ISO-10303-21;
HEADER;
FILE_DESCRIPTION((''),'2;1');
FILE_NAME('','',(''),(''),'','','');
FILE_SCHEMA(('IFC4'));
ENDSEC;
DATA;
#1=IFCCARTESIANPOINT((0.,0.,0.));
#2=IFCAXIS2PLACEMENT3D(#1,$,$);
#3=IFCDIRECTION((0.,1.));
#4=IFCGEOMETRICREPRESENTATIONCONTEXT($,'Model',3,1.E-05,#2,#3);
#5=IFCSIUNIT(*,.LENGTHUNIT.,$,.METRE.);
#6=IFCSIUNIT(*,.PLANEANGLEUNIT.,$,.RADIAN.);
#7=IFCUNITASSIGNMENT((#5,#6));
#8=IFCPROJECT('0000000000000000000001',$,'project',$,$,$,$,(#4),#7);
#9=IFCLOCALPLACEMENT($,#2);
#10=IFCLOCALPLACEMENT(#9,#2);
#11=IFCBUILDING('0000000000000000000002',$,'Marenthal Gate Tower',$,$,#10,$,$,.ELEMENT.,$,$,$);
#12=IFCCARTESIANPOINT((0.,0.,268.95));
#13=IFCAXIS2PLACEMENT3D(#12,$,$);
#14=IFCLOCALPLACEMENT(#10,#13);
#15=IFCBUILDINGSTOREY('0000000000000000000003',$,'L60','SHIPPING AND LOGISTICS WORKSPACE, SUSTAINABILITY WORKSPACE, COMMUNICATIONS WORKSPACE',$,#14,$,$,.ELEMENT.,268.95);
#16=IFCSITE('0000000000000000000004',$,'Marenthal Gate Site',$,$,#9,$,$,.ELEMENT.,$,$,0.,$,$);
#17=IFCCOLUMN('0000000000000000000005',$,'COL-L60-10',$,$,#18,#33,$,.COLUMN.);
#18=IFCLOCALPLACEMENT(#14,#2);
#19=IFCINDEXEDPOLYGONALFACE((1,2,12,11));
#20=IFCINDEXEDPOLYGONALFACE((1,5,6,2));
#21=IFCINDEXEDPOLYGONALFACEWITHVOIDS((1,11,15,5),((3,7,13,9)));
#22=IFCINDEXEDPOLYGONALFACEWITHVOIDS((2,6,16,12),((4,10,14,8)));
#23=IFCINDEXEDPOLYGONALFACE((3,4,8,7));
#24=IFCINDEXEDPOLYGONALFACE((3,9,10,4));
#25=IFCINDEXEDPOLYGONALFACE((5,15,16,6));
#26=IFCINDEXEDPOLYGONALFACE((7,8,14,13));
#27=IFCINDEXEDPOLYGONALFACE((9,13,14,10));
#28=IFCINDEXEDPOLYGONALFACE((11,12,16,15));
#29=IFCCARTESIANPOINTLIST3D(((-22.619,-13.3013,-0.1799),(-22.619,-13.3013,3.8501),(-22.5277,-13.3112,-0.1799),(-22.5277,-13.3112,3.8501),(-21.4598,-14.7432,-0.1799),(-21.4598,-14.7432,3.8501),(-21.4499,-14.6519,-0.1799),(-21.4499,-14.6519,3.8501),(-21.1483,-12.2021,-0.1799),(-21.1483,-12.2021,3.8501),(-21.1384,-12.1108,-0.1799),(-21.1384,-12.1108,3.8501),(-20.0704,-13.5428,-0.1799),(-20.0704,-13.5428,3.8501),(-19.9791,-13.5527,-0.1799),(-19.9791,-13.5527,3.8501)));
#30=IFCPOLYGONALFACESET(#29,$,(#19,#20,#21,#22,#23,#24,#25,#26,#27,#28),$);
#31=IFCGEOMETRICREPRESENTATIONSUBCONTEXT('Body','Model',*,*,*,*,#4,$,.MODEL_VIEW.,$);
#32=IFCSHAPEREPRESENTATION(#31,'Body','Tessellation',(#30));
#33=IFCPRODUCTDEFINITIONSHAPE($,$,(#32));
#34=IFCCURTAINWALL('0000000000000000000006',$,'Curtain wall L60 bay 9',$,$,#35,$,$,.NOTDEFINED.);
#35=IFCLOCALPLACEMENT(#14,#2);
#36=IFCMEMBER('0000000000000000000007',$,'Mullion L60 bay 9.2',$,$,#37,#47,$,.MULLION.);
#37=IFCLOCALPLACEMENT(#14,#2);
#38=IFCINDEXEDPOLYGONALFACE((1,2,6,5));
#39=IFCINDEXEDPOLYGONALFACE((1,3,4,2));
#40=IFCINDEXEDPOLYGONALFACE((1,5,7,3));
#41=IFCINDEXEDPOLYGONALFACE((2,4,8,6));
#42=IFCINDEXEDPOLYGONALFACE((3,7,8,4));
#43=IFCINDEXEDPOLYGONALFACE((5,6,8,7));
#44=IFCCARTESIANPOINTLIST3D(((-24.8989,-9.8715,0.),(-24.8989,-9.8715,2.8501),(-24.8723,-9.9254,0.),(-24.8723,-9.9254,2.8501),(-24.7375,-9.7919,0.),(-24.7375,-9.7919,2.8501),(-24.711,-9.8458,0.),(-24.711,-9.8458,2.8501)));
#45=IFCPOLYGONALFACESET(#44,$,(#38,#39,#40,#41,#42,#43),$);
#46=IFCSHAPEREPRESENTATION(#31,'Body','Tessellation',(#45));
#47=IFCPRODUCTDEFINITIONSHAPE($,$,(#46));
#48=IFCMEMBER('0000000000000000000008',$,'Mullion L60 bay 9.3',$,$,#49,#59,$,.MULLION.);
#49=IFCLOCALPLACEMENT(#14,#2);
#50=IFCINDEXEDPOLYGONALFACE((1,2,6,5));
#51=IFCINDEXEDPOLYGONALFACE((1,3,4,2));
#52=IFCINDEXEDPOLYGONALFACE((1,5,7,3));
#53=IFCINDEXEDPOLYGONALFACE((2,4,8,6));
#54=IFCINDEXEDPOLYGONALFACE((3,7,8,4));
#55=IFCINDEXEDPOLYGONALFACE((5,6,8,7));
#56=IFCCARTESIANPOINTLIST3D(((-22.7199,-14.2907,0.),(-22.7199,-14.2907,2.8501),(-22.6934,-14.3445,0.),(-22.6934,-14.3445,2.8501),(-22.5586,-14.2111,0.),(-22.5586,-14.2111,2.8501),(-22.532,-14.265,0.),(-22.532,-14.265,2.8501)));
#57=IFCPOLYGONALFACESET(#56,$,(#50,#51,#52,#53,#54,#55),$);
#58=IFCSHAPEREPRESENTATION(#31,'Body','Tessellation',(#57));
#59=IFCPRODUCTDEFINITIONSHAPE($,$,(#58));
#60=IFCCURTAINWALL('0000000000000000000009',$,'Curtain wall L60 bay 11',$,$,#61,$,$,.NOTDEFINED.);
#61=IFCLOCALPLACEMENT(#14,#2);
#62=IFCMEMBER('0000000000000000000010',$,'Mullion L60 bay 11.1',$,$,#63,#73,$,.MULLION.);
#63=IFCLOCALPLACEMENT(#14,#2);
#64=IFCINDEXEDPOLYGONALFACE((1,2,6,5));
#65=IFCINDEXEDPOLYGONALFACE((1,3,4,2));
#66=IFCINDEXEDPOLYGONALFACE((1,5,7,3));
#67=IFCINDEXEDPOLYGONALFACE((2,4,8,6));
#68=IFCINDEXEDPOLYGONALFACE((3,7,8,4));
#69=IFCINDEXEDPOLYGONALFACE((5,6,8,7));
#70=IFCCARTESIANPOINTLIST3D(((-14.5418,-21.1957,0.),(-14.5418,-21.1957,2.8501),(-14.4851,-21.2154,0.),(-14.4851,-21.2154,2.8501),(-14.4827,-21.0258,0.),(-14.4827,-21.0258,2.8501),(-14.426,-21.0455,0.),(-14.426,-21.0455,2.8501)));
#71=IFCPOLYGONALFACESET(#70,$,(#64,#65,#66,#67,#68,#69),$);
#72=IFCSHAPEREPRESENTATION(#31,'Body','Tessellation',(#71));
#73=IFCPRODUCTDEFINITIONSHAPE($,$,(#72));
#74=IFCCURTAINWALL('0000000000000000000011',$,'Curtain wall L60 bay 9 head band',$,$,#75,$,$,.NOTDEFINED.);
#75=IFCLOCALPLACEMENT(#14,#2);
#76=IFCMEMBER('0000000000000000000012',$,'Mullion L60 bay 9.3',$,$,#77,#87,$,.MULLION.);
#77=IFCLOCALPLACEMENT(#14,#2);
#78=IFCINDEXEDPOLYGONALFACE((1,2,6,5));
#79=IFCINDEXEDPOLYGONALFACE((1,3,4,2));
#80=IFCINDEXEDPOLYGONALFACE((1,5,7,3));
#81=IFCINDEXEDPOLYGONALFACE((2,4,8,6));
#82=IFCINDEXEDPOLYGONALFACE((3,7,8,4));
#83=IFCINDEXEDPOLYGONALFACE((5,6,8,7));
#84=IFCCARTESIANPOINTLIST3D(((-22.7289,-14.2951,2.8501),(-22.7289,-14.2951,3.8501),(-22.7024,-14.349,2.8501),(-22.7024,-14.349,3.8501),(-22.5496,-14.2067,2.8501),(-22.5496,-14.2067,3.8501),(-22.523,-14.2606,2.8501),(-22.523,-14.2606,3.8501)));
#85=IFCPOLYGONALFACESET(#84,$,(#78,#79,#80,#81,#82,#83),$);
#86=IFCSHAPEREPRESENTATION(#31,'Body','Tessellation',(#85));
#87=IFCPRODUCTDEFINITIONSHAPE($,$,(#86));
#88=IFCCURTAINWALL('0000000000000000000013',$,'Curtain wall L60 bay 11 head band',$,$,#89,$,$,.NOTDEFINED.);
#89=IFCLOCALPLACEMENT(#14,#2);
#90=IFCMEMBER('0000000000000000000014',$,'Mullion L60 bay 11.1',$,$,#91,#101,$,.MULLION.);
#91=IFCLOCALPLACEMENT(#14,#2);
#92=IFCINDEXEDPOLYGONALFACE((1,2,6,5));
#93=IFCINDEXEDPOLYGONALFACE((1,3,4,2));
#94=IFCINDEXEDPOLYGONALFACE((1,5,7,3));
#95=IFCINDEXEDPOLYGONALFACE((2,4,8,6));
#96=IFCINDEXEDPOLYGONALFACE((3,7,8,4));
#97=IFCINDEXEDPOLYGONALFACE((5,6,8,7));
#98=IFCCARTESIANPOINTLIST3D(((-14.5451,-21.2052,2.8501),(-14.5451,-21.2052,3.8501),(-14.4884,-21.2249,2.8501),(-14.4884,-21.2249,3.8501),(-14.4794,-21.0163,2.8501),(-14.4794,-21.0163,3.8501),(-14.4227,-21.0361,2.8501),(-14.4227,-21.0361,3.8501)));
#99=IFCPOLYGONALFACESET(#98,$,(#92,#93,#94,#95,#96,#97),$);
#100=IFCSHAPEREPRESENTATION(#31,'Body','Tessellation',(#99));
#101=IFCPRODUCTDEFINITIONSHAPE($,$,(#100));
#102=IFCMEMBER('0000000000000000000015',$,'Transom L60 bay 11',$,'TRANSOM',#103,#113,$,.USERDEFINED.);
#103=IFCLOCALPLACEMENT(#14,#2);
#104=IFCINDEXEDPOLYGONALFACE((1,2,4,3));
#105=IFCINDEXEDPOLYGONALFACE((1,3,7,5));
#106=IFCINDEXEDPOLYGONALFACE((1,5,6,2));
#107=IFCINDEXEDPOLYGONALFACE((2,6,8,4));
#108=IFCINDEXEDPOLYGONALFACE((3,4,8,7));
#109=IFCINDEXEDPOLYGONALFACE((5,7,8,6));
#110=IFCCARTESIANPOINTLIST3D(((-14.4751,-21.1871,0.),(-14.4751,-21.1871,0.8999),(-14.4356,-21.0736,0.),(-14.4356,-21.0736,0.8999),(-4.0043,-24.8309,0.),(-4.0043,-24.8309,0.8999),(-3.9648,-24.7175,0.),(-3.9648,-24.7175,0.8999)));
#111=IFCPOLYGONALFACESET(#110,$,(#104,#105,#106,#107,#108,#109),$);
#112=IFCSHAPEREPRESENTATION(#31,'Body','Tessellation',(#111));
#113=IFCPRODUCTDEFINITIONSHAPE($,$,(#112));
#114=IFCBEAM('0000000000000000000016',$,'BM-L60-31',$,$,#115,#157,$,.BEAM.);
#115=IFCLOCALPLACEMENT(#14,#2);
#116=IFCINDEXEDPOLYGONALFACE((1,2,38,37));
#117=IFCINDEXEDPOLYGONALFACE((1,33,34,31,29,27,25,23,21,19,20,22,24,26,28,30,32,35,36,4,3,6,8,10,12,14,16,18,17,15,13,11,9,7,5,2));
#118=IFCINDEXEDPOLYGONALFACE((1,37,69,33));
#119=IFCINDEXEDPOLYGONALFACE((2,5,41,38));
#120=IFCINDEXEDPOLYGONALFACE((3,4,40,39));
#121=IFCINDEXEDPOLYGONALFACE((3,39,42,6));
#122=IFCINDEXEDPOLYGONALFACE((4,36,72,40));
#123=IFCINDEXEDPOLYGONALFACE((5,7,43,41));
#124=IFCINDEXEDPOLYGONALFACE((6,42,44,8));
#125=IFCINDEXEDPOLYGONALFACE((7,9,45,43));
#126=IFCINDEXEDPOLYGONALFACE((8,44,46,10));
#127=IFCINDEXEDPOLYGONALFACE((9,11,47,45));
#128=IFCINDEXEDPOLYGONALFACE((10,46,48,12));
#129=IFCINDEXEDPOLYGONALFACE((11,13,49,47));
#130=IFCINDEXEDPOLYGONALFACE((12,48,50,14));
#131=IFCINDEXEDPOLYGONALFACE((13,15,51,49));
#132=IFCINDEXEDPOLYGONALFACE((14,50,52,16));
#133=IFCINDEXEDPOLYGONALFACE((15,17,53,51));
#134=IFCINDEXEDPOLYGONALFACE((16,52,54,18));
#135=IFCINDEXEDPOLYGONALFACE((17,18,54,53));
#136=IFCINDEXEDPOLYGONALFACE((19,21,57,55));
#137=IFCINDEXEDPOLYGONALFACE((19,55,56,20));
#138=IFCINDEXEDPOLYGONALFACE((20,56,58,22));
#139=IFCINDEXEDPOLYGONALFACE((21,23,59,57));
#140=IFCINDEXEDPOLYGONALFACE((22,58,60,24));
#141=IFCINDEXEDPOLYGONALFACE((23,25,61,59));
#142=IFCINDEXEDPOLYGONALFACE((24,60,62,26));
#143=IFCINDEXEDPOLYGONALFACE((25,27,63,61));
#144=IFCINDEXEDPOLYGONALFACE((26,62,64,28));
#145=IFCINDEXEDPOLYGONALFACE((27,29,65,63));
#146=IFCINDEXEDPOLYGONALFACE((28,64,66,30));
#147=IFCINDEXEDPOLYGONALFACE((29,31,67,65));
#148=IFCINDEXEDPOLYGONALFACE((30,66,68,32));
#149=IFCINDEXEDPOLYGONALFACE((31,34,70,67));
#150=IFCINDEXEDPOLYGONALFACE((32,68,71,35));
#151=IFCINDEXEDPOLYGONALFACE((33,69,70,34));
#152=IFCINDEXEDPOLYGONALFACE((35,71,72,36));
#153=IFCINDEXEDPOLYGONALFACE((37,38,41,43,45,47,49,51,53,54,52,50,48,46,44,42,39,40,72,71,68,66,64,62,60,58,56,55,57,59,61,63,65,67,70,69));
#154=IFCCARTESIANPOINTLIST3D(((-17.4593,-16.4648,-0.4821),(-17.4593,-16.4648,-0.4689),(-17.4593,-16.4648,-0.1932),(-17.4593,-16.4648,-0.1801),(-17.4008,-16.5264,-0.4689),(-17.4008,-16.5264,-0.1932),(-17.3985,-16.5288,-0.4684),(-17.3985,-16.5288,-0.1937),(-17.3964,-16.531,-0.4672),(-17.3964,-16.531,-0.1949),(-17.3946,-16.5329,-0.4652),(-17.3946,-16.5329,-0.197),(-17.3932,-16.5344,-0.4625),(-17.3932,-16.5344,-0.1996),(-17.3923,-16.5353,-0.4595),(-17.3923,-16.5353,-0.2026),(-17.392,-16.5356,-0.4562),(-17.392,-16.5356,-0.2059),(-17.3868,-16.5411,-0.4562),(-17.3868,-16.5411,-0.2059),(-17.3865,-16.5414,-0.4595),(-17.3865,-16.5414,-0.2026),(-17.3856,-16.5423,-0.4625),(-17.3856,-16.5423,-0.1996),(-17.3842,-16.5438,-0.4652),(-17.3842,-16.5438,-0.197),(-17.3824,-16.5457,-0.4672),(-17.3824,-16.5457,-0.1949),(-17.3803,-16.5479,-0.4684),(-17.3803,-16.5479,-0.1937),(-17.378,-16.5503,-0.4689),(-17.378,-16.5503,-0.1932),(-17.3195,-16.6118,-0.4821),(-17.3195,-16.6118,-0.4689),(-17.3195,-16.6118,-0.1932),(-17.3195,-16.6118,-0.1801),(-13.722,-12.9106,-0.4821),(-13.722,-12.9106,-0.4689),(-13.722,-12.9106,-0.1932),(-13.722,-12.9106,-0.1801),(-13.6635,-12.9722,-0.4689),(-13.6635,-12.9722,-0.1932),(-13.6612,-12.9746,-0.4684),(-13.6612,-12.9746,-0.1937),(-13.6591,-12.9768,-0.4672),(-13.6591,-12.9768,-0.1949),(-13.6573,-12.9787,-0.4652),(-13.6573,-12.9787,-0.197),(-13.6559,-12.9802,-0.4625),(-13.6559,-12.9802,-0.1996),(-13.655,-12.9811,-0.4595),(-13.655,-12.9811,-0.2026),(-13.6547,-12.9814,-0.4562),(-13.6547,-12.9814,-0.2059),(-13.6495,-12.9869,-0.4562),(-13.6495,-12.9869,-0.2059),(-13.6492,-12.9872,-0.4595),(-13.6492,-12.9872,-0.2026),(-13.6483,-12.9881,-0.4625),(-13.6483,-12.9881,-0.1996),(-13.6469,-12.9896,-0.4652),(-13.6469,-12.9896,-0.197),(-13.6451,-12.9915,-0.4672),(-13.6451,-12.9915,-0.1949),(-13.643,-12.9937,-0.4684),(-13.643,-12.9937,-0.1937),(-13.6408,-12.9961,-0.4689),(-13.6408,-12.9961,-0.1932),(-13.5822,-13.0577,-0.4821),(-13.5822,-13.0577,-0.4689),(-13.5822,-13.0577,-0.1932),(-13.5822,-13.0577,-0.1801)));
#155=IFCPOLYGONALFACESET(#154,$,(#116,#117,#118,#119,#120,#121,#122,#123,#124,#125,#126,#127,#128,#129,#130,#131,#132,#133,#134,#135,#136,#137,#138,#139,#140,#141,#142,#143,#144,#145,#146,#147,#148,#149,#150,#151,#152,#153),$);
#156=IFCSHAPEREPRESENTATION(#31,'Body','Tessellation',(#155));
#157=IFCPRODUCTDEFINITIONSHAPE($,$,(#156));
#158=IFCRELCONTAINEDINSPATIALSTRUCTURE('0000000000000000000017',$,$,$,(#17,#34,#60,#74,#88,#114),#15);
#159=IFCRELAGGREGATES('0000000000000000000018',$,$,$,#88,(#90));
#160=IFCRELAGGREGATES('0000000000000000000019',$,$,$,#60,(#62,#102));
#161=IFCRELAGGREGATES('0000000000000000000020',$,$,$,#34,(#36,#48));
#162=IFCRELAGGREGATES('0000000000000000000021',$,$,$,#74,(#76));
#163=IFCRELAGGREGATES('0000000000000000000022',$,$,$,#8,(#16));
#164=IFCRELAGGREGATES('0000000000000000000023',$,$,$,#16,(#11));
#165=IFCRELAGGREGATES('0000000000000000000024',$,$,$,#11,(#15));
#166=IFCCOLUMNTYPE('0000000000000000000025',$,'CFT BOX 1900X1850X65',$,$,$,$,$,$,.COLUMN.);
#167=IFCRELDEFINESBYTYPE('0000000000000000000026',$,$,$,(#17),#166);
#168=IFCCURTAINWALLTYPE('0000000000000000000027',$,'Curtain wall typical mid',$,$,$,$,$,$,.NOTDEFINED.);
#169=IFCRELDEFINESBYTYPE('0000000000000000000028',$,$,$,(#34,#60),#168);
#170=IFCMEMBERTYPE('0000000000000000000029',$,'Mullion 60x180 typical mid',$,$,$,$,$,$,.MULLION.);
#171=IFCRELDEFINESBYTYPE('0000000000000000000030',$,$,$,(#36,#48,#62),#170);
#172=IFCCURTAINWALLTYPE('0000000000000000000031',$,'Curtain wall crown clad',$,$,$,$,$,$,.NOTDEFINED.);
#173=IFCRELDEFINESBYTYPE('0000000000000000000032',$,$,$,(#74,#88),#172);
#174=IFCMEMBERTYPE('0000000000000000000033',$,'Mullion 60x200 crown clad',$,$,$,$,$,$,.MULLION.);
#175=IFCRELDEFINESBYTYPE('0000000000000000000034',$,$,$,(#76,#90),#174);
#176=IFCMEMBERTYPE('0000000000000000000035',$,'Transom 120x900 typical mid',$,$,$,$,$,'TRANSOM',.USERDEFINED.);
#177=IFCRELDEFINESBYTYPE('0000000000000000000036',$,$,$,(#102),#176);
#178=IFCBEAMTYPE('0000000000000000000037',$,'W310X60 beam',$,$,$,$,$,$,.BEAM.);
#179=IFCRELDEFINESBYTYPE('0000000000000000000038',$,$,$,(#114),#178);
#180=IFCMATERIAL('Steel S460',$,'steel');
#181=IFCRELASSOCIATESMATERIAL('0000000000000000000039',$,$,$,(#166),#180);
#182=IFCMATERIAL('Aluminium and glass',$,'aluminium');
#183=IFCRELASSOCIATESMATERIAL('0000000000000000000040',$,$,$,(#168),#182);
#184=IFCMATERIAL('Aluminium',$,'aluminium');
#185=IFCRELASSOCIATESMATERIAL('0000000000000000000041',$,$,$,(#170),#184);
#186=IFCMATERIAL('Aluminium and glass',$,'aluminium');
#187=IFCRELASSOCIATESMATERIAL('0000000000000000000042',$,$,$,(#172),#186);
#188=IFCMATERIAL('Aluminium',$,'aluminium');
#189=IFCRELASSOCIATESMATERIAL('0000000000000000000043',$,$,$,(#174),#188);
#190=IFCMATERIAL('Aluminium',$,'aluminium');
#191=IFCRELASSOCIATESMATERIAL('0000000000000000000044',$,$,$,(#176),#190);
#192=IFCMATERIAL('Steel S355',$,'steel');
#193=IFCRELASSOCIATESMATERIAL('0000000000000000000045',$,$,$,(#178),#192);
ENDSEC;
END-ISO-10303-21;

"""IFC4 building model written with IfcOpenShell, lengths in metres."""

from ifc_helpers import new_model, si_unit, direction, frame, origin, origin_2d, place, context, subcontext, project, spatial, rectangle, hollow_rectangle, i_section, extrude, material, material_profile, profile_set, type_object, element, aggregate, save


model = new_model("IFC4")

# Units and contexts
model_context = context("Model", 3, precision=1e-05, world=origin(), true_north=direction((0.0, 1.0)))
body_context = subcontext(model_context, "Body", "Model", "MODEL_VIEW")
ifc_project = project(units=[si_unit("LENGTHUNIT", "METRE"), si_unit("PLANEANGLEUNIT", "RADIAN")], contexts=[model_context])

# Site, building, storey
site_placement = place(None, origin())
site = spatial("IfcSite", under=ifc_project, at=site_placement, Name="Marenthal Gate Site", CompositionType="ELEMENT", RefElevation=0.0)
building_placement = place(site_placement, origin())
building = spatial("IfcBuilding", under=site, at=building_placement, Name="Marenthal Gate Tower", CompositionType="ELEMENT")
storey_placement = place(building_placement, frame((0.0, 0.0, 268.95)))
storey = spatial("IfcBuildingStorey", under=building, at=storey_placement, Name="L60", Description="SHIPPING AND LOGISTICS WORKSPACE, SUSTAINABILITY WORKSPACE, COMMUNICATIONS WORKSPACE", CompositionType="ELEMENT", Elevation=268.95)

# Column
ifc_material_1 = material(Name="Steel S460", Category="steel")
ifc_material_profile_1 = material_profile(ifc_material_1, hollow_rectangle(XDim=1.8501, YDim=1.8999, WallThickness=0.0649, at=origin_2d()), Name="CFT BOX 1900X1850X65")
ifc_material_2 = material(Name="Concrete 70 MPa", Category="concrete")
ifc_material_profile_2 = material_profile(ifc_material_2, rectangle(XDim=1.72, YDim=1.77, at=origin_2d()), Name="CFT BOX 1900X1850X65 INFILL")
ifc_profile_set_1 = profile_set([ifc_material_profile_1, ifc_material_profile_2], Name="Steel S460 shell, Concrete 70 MPa infill")
column_type = type_object("IfcColumnType", Name="CFT BOX 1900X1850X65", PredefinedType="COLUMN", material=ifc_profile_set_1)
column_placement = place(storey_placement, frame((-21.2991, -13.427, -0.1799), z_axis=(0.0, 0.0, 1.0), x_axis=(-0.626593, 0.779347, 0.0)))
element("IfcColumn", 1, at=column_placement, inside=storey, type_object=column_type, Name="COL-L60-10", PredefinedType="COLUMN", context=body_context, shape_type="SweptSolid", body=[
    extrude(hollow_rectangle(XDim=1.8501, YDim=1.8999, WallThickness=0.0649, at=origin_2d()), origin(), (0.0, 0.0, 1.0), 4.03),
])

# Curtain wall, members
ifc_material_3 = material(Name="Aluminium and glass", Category="aluminium")
curtain_wall_type_1 = type_object("IfcCurtainWallType", Name="Curtain wall typical mid", PredefinedType="NOTDEFINED", material=ifc_material_3)
curtain_wall_1_placement = place(storey_placement, origin())
curtain_wall_1 = element("IfcCurtainWall", 2, at=curtain_wall_1_placement, inside=storey, type_object=curtain_wall_type_1, Name="Curtain wall L60 bay 9", PredefinedType="NOTDEFINED")
ifc_material_4 = material(Name="Aluminium", Category="aluminium")
ifc_material_profile_3 = material_profile(ifc_material_4, rectangle(XDim=0.1799, YDim=0.0601, at=origin_2d()), Name="60x180 aluminium mullion")
ifc_profile_set_2 = profile_set([ifc_material_profile_3], Name="Aluminium")
member_type_1 = type_object("IfcMemberType", Name="Mullion 60x180 typical mid", PredefinedType="MULLION", material=ifc_profile_set_2)
member_1_placement = place(storey_placement, frame((-24.8049, -9.8586, 0.0), z_axis=(0.0, 0.0, 1.0), x_axis=(0.896921, 0.442192, 0.0)))
member_1 = element("IfcMember", 3, at=member_1_placement, type_object=member_type_1, Name="Mullion L60 bay 9.2", PredefinedType="MULLION", context=body_context, shape_type="SweptSolid", body=[
    extrude(rectangle(XDim=0.1799, YDim=0.0601, at=origin_2d()), origin(), (0.0, 0.0, 1.0), 2.8501),
])
member_2_placement = place(storey_placement, frame((-22.626, -14.2778, 0.0), z_axis=(0.0, 0.0, 1.0), x_axis=(0.896921, 0.442192, 0.0)))
member_2 = element("IfcMember", 4, at=member_2_placement, type_object=member_type_1, Name="Mullion L60 bay 9.3", PredefinedType="MULLION", context=body_context, shape_type="SweptSolid", body=[
    extrude(rectangle(XDim=0.1799, YDim=0.0601, at=origin_2d()), origin(), (0.0, 0.0, 1.0), 2.8501),
])

# Curtain walls, members
curtain_wall_2_placement = place(storey_placement, origin())
curtain_wall_2 = element("IfcCurtainWall", 5, at=curtain_wall_2_placement, inside=storey, type_object=curtain_wall_type_1, Name="Curtain wall L60 bay 11", PredefinedType="NOTDEFINED")
member_3_placement = place(storey_placement, frame((-14.4839, -21.1206, 0.0), z_axis=(0.0, 0.0, 1.0), x_axis=(0.32867, 0.944445, 0.0)))
member_3 = element("IfcMember", 6, at=member_3_placement, type_object=member_type_1, Name="Mullion L60 bay 11.1", PredefinedType="MULLION", context=body_context, shape_type="SweptSolid", body=[
    extrude(rectangle(XDim=0.1799, YDim=0.0601, at=origin_2d()), origin(), (0.0, 0.0, 1.0), 2.8501),
])
ifc_material_5 = material(Name="Aluminium and glass", Category="aluminium")
curtain_wall_type_2 = type_object("IfcCurtainWallType", Name="Curtain wall crown clad", PredefinedType="NOTDEFINED", material=ifc_material_5)
curtain_wall_3_placement = place(storey_placement, origin())
curtain_wall_3 = element("IfcCurtainWall", 7, at=curtain_wall_3_placement, inside=storey, type_object=curtain_wall_type_2, Name="Curtain wall L60 bay 9 head band", PredefinedType="NOTDEFINED")
ifc_material_6 = material(Name="Aluminium", Category="aluminium")
ifc_material_profile_4 = material_profile(ifc_material_6, rectangle(XDim=0.2, YDim=0.0601, at=origin_2d()), Name="60x200 aluminium mullion")
ifc_profile_set_3 = profile_set([ifc_material_profile_4], Name="Aluminium")
member_type_2 = type_object("IfcMemberType", Name="Mullion 60x200 crown clad", PredefinedType="MULLION", material=ifc_profile_set_3)
member_4_placement = place(storey_placement, frame((-22.626, -14.2778, 2.8501), z_axis=(0.0, 0.0, 1.0), x_axis=(0.896921, 0.442192, 0.0)))
member_4 = element("IfcMember", 8, at=member_4_placement, type_object=member_type_2, Name="Mullion L60 bay 9.3", PredefinedType="MULLION", context=body_context, shape_type="SweptSolid", body=[
    extrude(rectangle(XDim=0.2, YDim=0.0601, at=origin_2d()), origin(), (0.0, 0.0, 1.0), 1.0),
])
curtain_wall_4_placement = place(storey_placement, origin())
curtain_wall_4 = element("IfcCurtainWall", 9, at=curtain_wall_4_placement, inside=storey, type_object=curtain_wall_type_2, Name="Curtain wall L60 bay 11 head band", PredefinedType="NOTDEFINED")
member_5_placement = place(storey_placement, frame((-14.4839, -21.1206, 2.8501), z_axis=(0.0, 0.0, 1.0), x_axis=(0.32867, 0.944445, 0.0)))
member_5 = element("IfcMember", 10, at=member_5_placement, type_object=member_type_2, Name="Mullion L60 bay 11.1", PredefinedType="MULLION", context=body_context, shape_type="SweptSolid", body=[
    extrude(rectangle(XDim=0.2, YDim=0.0601, at=origin_2d()), origin(), (0.0, 0.0, 1.0), 1.0),
])
aggregate(curtain_wall_4, [member_5])

# Member
ifc_material_7 = material(Name="Aluminium", Category="aluminium")
ifc_material_profile_5 = material_profile(ifc_material_7, rectangle(XDim=0.1201, YDim=0.8999, at=origin_2d()), Name="120x900 aluminium transom")
ifc_profile_set_4 = profile_set([ifc_material_profile_5], Name="Aluminium")
member_type_3 = type_object("IfcMemberType", Name="Transom 120x900 typical mid", ElementType="TRANSOM", PredefinedType="USERDEFINED", material=ifc_profile_set_4)
member_6_placement = place(storey_placement, frame((-14.4553, -21.1304, 0.45), z_axis=(0.944446, -0.328667, 0.0), x_axis=(0.328667, 0.944446, 0.0)))
member_6 = element("IfcMember", 11, at=member_6_placement, type_object=member_type_3, Name="Transom L60 bay 11", ObjectType="TRANSOM", PredefinedType="USERDEFINED", context=body_context, shape_type="SweptSolid", body=[
    extrude(rectangle(XDim=0.1201, YDim=0.8999, at=origin_2d()), origin(), (0.0, 0.0, 1.0), 11.0867),
])
aggregate(curtain_wall_2, [member_3, member_6])

# Beam
ifc_material_8 = material(Name="Steel S355", Category="steel")
ifc_material_profile_6 = material_profile(ifc_material_8, i_section(OverallWidth=0.2029, OverallDepth=0.302, WebThickness=0.0076, FlangeThickness=0.0132, FilletRadius=0.0127, at=origin_2d()), Name="W310X60")
ifc_profile_set_5 = profile_set([ifc_material_profile_6], Name="Steel S355")
beam_type_1 = type_object("IfcBeamType", Name="W310X60 beam", PredefinedType="BEAM", material=ifc_profile_set_5)
beam_1_placement = place(storey_placement, frame((-17.3894, -16.5383, -0.3311), z_axis=(0.724635, 0.689133, 0.0), x_axis=(-0.689133, 0.724635, 0.0)))
element("IfcBeam", 12, at=beam_1_placement, inside=storey, type_object=beam_type_1, Name="BM-L60-31", PredefinedType="BEAM", context=body_context, shape_type="SweptSolid", body=[
    extrude(i_section(OverallWidth=0.2029, OverallDepth=0.302, WebThickness=0.0076, FlangeThickness=0.0132, FilletRadius=0.0127, at=origin_2d()), origin(), (0.0, 0.0, 1.0), 5.1575),
])

aggregate(curtain_wall_1, [member_1, member_2])
aggregate(curtain_wall_3, [member_4])

save(model, "model.ifc")
